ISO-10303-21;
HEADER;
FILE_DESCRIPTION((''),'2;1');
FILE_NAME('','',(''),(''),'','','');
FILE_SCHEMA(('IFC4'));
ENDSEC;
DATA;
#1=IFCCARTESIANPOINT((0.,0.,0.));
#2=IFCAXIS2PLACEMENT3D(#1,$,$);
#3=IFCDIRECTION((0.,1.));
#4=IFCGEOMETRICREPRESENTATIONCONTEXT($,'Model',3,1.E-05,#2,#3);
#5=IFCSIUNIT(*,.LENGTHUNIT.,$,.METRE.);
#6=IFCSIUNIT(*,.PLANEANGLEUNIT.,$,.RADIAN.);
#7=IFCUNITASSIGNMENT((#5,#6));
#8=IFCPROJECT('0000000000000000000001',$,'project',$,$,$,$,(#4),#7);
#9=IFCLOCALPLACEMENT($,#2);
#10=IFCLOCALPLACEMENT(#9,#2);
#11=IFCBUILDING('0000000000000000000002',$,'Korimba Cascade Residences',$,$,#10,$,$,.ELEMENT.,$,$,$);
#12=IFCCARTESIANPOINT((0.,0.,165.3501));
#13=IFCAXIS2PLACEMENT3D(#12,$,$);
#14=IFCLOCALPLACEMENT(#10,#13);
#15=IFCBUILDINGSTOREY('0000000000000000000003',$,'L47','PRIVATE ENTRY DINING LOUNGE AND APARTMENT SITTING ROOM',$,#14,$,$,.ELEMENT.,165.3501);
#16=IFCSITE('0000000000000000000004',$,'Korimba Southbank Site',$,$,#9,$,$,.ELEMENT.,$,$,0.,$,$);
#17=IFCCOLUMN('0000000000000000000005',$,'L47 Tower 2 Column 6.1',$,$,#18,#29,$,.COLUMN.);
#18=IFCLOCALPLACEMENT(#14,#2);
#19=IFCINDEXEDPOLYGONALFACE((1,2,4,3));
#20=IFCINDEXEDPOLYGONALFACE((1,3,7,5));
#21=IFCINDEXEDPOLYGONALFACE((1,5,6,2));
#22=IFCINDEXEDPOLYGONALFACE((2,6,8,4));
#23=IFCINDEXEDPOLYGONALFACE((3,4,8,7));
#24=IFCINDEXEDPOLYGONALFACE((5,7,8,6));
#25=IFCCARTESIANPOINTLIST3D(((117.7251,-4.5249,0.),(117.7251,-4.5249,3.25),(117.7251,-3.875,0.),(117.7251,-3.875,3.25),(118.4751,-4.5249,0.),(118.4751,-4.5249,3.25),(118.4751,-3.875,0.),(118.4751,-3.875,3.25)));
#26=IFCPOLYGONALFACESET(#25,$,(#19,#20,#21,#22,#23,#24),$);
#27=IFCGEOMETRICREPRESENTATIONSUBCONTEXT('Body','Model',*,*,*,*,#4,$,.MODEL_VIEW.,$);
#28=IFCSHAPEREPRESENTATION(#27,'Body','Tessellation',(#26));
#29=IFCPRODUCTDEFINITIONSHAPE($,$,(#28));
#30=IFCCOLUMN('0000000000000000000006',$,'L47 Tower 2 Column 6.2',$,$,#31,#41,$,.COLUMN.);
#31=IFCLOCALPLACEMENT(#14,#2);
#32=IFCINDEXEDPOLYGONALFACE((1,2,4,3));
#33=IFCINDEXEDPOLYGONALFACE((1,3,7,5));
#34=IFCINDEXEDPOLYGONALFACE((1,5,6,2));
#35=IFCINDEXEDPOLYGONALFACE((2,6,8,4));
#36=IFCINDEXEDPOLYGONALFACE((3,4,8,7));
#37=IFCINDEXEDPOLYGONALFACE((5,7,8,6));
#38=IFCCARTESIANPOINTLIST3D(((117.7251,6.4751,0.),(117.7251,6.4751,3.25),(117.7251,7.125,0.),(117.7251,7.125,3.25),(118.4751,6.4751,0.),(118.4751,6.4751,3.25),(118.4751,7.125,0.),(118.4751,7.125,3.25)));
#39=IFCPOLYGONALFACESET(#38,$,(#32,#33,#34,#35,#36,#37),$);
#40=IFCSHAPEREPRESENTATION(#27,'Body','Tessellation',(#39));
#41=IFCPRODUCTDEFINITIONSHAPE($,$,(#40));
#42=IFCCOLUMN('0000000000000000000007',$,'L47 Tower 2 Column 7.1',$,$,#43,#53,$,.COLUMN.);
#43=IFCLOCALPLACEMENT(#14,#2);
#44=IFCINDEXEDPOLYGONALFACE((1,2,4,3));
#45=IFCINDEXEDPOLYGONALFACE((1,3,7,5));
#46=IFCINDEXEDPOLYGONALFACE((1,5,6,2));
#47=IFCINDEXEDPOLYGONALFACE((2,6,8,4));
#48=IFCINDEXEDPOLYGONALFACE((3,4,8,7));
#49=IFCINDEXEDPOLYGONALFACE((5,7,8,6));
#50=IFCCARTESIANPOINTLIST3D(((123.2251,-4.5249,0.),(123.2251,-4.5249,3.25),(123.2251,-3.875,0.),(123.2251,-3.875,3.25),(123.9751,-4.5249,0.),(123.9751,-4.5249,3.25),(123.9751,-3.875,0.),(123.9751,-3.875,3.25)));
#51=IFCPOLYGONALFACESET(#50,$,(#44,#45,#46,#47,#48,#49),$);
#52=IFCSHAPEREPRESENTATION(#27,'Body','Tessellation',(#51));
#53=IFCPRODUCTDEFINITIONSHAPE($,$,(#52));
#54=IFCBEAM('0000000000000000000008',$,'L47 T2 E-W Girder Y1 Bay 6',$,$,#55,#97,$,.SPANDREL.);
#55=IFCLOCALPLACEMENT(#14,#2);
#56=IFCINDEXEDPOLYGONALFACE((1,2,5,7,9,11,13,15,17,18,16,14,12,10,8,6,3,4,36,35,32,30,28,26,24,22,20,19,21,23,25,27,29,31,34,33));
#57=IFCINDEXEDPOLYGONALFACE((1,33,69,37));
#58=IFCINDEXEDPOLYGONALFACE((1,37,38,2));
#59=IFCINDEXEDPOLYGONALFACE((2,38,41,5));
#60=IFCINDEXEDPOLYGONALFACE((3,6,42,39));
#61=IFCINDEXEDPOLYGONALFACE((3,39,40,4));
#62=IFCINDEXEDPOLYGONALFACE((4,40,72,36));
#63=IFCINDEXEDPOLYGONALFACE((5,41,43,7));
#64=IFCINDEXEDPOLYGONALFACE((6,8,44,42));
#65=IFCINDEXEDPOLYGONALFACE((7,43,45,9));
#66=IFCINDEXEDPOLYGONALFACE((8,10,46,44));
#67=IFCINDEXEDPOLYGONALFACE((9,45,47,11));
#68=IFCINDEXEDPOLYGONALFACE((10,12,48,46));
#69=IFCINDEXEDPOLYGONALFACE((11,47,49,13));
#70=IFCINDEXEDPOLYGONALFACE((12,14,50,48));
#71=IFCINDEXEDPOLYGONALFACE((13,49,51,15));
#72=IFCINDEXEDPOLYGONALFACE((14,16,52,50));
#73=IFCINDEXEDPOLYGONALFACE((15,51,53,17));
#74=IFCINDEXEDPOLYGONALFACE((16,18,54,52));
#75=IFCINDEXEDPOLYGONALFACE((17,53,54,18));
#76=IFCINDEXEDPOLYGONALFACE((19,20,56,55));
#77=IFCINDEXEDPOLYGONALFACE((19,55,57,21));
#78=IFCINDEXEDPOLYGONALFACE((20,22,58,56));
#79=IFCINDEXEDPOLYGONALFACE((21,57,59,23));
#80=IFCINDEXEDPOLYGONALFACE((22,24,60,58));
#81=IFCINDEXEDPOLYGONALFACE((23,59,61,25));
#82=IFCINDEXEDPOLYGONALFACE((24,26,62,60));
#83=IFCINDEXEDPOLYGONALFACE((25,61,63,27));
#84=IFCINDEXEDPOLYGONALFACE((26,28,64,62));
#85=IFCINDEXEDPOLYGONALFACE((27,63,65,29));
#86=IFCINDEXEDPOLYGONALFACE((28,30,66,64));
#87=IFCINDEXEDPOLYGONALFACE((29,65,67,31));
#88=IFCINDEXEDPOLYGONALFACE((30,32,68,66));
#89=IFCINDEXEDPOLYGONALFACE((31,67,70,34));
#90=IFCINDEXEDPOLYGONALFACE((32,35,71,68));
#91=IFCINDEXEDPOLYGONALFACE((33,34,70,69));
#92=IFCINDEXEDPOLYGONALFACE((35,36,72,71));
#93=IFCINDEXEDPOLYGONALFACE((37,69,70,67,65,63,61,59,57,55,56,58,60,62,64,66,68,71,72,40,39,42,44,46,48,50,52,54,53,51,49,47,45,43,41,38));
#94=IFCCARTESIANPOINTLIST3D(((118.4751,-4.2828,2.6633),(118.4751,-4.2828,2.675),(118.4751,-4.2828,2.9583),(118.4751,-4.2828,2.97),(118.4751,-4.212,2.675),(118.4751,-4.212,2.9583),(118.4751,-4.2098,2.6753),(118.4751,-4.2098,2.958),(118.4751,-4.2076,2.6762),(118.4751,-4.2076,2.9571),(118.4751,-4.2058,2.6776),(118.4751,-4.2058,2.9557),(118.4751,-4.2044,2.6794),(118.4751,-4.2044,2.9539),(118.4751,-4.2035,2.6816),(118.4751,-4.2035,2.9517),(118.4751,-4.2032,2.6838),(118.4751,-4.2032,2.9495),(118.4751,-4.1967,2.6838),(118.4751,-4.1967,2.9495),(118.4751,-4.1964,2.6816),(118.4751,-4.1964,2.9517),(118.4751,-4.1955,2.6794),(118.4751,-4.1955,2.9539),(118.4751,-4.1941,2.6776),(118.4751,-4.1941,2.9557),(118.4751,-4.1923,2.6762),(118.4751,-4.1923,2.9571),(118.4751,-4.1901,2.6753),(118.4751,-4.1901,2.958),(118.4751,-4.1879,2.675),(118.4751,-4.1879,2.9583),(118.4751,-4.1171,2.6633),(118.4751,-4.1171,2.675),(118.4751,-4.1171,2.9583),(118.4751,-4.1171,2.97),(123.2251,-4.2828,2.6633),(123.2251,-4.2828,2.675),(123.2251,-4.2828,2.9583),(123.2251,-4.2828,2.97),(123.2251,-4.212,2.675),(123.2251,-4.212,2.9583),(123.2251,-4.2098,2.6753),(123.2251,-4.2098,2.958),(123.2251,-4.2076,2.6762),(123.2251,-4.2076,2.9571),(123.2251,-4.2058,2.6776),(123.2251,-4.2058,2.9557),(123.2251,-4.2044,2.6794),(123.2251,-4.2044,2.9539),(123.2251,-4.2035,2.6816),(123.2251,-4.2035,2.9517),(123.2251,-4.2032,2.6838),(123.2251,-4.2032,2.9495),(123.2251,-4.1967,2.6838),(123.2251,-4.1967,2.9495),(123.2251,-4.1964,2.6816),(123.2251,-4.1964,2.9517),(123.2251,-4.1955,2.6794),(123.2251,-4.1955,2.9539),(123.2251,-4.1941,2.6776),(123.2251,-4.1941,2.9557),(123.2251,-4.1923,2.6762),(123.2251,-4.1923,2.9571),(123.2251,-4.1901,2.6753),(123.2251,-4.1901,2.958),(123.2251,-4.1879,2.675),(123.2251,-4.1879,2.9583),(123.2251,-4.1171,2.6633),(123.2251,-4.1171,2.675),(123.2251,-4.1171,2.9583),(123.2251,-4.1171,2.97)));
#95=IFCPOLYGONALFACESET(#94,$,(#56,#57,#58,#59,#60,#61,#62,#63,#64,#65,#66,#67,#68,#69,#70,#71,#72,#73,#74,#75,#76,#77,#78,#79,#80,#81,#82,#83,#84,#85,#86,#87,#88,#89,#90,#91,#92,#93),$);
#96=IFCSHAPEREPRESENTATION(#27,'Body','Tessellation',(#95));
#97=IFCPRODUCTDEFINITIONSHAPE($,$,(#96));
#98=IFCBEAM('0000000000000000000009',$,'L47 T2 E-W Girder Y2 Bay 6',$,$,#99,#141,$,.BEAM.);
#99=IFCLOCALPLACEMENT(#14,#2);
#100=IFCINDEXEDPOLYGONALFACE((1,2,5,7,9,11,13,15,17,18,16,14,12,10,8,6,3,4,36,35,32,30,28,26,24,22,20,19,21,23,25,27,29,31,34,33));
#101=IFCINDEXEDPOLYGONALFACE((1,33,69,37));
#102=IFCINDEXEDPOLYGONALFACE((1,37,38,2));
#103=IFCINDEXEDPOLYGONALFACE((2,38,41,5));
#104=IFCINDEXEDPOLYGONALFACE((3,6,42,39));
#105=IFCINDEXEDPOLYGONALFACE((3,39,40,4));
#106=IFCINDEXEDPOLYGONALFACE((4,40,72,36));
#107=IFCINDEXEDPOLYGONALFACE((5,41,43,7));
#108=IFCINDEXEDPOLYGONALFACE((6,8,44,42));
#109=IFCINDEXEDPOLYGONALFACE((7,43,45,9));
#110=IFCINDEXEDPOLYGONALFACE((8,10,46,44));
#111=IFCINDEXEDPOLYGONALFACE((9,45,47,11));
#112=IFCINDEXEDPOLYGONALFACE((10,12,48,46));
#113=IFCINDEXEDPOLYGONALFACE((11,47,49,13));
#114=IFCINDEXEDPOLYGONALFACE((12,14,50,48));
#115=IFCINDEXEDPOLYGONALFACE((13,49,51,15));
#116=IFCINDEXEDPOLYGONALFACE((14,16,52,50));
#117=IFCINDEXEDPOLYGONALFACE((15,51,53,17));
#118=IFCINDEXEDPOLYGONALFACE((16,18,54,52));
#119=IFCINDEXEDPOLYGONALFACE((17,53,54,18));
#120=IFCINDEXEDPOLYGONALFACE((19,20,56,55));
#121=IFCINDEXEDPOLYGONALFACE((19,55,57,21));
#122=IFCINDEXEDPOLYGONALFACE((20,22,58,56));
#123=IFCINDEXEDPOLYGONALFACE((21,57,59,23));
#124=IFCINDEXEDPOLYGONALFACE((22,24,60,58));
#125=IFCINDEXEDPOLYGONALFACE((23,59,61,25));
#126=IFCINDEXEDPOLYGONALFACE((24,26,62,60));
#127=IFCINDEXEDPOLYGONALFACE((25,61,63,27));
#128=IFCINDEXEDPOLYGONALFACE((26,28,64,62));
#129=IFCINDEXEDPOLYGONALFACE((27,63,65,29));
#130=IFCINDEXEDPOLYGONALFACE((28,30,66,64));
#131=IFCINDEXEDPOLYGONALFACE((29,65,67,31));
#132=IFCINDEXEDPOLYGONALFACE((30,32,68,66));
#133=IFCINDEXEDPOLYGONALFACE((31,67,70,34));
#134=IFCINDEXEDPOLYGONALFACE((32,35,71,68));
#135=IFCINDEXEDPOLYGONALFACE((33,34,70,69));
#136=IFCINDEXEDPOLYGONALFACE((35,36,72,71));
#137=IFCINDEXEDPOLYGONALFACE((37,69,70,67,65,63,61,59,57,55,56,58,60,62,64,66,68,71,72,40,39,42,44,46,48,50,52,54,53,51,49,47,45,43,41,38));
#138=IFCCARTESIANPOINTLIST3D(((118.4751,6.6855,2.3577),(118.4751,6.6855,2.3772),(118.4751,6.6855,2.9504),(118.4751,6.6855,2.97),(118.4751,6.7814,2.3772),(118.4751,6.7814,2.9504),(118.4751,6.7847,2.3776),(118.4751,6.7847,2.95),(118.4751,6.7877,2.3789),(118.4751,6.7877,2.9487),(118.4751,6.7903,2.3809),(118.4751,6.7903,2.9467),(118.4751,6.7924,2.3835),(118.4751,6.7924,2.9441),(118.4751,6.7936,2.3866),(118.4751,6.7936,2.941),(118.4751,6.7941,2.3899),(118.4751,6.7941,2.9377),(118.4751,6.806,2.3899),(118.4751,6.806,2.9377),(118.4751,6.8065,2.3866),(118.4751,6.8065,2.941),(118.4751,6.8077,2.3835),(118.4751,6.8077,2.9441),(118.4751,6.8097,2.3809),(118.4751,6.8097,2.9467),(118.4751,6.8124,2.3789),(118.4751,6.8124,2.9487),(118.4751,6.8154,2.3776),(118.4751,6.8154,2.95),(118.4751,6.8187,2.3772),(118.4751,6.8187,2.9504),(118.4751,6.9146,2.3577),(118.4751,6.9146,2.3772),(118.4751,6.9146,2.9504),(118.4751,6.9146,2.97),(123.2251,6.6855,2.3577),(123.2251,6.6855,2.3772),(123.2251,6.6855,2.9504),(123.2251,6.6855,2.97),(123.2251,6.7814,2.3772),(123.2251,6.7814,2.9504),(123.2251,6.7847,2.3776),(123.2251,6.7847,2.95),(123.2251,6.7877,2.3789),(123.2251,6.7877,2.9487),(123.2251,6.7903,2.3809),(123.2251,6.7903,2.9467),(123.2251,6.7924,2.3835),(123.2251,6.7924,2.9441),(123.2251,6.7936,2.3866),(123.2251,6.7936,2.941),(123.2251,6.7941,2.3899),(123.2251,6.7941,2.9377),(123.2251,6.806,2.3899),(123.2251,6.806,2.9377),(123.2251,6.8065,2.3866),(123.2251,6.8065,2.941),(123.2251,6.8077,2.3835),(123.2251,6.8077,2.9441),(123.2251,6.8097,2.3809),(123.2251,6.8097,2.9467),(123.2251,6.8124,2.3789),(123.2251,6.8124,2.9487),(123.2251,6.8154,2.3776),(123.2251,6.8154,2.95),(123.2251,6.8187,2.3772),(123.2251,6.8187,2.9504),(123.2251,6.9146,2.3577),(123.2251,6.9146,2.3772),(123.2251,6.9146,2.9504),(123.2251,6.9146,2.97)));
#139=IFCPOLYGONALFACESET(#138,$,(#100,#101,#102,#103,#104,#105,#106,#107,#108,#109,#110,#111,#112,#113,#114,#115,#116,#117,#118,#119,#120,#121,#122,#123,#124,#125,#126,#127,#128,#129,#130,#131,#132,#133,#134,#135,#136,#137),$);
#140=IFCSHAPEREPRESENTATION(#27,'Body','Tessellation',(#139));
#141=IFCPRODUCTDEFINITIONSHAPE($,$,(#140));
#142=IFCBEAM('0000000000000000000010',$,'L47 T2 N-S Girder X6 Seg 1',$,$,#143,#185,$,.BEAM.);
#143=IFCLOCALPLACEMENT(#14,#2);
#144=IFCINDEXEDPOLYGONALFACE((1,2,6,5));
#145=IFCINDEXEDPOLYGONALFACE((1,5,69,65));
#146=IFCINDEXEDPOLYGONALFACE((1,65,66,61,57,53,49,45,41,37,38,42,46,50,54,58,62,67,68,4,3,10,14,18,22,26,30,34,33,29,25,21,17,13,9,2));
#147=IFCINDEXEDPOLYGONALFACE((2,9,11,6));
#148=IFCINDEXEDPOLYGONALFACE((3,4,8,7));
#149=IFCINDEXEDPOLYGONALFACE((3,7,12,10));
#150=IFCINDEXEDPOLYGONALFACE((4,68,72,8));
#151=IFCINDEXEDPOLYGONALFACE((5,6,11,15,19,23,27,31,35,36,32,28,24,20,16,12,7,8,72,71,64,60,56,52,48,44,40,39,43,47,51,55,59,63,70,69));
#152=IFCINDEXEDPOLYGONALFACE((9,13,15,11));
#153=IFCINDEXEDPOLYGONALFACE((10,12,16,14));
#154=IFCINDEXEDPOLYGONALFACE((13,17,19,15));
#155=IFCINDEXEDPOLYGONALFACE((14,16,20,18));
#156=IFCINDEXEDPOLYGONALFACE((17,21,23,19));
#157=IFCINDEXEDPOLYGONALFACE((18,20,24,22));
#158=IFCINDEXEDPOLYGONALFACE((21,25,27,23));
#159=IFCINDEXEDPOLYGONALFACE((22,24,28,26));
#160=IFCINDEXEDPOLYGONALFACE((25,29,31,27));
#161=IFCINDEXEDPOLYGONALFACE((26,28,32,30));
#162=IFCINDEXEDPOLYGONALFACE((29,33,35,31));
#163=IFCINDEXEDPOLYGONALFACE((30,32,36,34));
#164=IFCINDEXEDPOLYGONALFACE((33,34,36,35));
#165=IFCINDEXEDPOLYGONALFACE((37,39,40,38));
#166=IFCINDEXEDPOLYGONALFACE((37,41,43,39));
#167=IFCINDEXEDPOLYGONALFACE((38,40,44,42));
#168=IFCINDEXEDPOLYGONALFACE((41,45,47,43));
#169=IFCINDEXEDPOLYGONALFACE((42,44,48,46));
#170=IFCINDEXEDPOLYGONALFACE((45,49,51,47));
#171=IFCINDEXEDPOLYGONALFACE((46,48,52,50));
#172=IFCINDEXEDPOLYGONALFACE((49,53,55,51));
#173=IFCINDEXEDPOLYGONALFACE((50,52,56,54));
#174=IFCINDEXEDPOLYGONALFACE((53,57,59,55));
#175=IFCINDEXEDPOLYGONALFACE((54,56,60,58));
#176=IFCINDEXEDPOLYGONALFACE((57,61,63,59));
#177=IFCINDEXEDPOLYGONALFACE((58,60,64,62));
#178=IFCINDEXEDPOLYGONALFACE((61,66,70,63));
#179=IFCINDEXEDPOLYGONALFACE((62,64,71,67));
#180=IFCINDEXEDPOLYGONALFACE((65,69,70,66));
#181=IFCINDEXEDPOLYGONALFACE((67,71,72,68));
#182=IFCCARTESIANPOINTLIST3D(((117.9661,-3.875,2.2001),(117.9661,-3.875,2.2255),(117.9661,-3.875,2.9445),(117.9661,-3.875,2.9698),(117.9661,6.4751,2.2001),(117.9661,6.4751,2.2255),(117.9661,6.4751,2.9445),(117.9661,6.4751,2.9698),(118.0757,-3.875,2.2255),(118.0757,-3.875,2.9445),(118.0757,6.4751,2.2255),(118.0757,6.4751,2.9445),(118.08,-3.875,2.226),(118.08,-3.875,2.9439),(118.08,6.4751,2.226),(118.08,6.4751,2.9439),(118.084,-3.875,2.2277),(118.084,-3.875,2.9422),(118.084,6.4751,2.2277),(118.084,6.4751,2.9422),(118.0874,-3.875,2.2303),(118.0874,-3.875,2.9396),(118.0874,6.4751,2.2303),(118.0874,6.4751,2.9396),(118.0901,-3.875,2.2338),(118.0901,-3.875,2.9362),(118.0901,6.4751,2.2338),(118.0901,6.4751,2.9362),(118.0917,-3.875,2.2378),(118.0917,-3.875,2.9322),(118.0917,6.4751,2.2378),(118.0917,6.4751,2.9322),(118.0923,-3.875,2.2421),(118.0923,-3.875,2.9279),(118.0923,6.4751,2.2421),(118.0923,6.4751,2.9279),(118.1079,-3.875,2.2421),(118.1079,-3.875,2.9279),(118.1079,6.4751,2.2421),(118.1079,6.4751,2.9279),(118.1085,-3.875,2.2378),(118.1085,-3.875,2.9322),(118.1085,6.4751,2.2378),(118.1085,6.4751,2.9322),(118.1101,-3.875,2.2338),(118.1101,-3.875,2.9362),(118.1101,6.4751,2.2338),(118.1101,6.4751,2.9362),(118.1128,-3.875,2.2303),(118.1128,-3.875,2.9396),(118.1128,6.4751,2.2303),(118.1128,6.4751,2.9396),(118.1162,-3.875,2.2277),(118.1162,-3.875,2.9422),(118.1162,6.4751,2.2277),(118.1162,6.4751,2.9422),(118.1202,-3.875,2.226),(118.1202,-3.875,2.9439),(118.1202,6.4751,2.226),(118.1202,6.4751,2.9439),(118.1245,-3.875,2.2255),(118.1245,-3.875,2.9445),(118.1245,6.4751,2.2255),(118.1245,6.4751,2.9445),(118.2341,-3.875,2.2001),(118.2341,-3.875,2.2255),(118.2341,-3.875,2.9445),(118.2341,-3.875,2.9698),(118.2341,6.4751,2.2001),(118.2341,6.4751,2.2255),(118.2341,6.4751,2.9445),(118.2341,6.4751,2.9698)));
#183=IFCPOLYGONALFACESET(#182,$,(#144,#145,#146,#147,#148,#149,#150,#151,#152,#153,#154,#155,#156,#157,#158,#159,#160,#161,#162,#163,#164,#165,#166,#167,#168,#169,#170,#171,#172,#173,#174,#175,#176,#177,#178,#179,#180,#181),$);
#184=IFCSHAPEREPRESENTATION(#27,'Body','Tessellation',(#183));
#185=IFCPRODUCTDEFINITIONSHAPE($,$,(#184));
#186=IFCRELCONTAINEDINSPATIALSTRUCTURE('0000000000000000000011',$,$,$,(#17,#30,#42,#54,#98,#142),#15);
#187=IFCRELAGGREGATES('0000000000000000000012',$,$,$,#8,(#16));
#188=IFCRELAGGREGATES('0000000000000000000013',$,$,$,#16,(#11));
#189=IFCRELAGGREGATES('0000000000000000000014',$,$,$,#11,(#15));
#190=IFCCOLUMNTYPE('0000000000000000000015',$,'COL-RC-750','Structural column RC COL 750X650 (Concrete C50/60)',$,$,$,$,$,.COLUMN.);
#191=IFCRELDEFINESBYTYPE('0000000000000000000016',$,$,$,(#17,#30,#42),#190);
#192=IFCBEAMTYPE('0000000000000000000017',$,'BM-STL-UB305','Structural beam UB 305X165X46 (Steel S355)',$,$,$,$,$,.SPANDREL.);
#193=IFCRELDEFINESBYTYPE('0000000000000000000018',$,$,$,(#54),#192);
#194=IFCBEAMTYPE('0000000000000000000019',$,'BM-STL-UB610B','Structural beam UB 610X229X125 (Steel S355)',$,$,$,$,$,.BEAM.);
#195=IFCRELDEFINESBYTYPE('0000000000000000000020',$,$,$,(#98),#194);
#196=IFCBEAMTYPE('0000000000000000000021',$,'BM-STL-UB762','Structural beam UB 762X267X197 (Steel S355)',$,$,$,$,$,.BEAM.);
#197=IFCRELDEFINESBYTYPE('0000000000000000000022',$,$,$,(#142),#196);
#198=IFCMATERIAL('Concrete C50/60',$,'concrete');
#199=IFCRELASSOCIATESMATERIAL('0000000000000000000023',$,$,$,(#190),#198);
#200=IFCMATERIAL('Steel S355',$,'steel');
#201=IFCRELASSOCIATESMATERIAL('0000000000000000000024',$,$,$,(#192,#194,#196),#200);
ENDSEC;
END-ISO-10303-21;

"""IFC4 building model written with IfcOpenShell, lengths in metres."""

from ifc_helpers import new_model, si_unit, direction, frame, origin, origin_2d, place, context, subcontext, project, spatial, rectangle, i_section, extrude, material, material_profile, profile_set, type_object, element, save


model = new_model("IFC4")

# Units and contexts
model_context = context("Model", 3, precision=1e-05, world=origin(), true_north=direction((0.0, 1.0)))
body_context = subcontext(model_context, "Body", "Model", "MODEL_VIEW")
ifc_project = project(units=[si_unit("LENGTHUNIT", "METRE"), si_unit("PLANEANGLEUNIT", "RADIAN")], contexts=[model_context])

# Site, building, storey
site_placement = place(None, origin())
site = spatial("IfcSite", under=ifc_project, at=site_placement, Name="Korimba Southbank Site", CompositionType="ELEMENT", RefElevation=0.0)
building_placement = place(site_placement, origin())
building = spatial("IfcBuilding", under=site, at=building_placement, Name="Korimba Cascade Residences", CompositionType="ELEMENT")
storey_placement = place(building_placement, frame((0.0, 0.0, 165.3501)))
storey = spatial("IfcBuildingStorey", under=building, at=storey_placement, Name="L47", Description="PRIVATE ENTRY DINING LOUNGE AND APARTMENT SITTING ROOM", CompositionType="ELEMENT", Elevation=165.3501)

# Columns
ifc_material_1 = material(Name="Concrete C50/60", Category="concrete")
ifc_material_profile_1 = material_profile(ifc_material_1, rectangle(XDim=0.75, YDim=0.6499, at=origin_2d()), Name="Concrete C50/60")
ifc_profile_set_1 = profile_set([ifc_material_profile_1], Name="Concrete C50/60")
column_type = type_object("IfcColumnType", Name="COL-RC-750", Description="Structural column RC COL 750X650 (Concrete C50/60)", PredefinedType="COLUMN", material=ifc_profile_set_1)
for number, where, z_axis, x_axis, name in (
    (1, (118.1001, -4.2, 0.0), (0.0, 0.0, 1.0), (1.0, 0.0, 0.0), "L47 Tower 2 Column 6.1"),
    (2, (118.1001, 6.8, 0.0), (0.0, 0.0, 1.0), (1.0, 0.0, 0.0), "L47 Tower 2 Column 6.2"),
    (3, (123.6001, -4.2, 0.0), (0.0, 0.0, 1.0), (1.0, 0.0, 0.0), "L47 Tower 2 Column 7.1"),
):
    element("IfcColumn", number, at=place(storey_placement, frame(where, z_axis=z_axis, x_axis=x_axis)), inside=storey, type_object=column_type, Name=name, PredefinedType="COLUMN", context=body_context, shape_type="SweptSolid", body=[
        extrude(rectangle(XDim=0.75, YDim=0.6499, at=origin_2d()), origin(), (0.0, 0.0, 1.0), 3.25),
    ])

# Beams
ifc_material_2 = material(Name="Steel S355", Category="steel")
ifc_material_profile_2 = material_profile(ifc_material_2, i_section(OverallWidth=0.1658, OverallDepth=0.3066, WebThickness=0.0066, FlangeThickness=0.0117, FilletRadius=0.0088, at=origin_2d()), Name="Steel S355")
ifc_profile_set_2 = profile_set([ifc_material_profile_2], Name="Steel S355")
beam_type_1 = type_object("IfcBeamType", Name="BM-STL-UB305", Description="Structural beam UB 305X165X46 (Steel S355)", PredefinedType="SPANDREL", material=ifc_profile_set_2)
beam_1_placement = place(storey_placement, frame((118.4751, -4.2, 2.8167), z_axis=(1.0, 0.0, 0.0), x_axis=(0.0, 1.0, 0.0)))
element("IfcBeam", 4, at=beam_1_placement, inside=storey, type_object=beam_type_1, Name="L47 T2 E-W Girder Y1 Bay 6", PredefinedType="SPANDREL", context=body_context, shape_type="SweptSolid", body=[
    extrude(i_section(OverallWidth=0.1658, OverallDepth=0.3066, WebThickness=0.0066, FlangeThickness=0.0117, FilletRadius=0.0088, at=origin_2d()), origin(), (0.0, 0.0, 1.0), 4.75),
])
ifc_material_profile_3 = material_profile(ifc_material_2, i_section(OverallWidth=0.229, OverallDepth=0.6123, WebThickness=0.012, FlangeThickness=0.0195, FilletRadius=0.0127, at=origin_2d()), Name="Steel S355")
ifc_profile_set_3 = profile_set([ifc_material_profile_3], Name="Steel S355")
beam_type_2 = type_object("IfcBeamType", Name="BM-STL-UB610B", Description="Structural beam UB 610X229X125 (Steel S355)", PredefinedType="BEAM", material=ifc_profile_set_3)
beam_2_placement = place(storey_placement, frame((118.4751, 6.8, 2.6638), z_axis=(1.0, 0.0, 0.0), x_axis=(0.0, 1.0, 0.0)))
element("IfcBeam", 5, at=beam_2_placement, inside=storey, type_object=beam_type_2, Name="L47 T2 E-W Girder Y2 Bay 6", PredefinedType="BEAM", context=body_context, shape_type="SweptSolid", body=[
    extrude(i_section(OverallWidth=0.229, OverallDepth=0.6123, WebThickness=0.012, FlangeThickness=0.0195, FilletRadius=0.0127, at=origin_2d()), origin(), (0.0, 0.0, 1.0), 4.75),
])
ifc_material_profile_4 = material_profile(ifc_material_2, i_section(OverallWidth=0.2681, OverallDepth=0.7698, WebThickness=0.0156, FlangeThickness=0.0254, FilletRadius=0.0166, at=origin_2d()), Name="Steel S355")
ifc_profile_set_4 = profile_set([ifc_material_profile_4], Name="Steel S355")
beam_type_3 = type_object("IfcBeamType", Name="BM-STL-UB762", Description="Structural beam UB 762X267X197 (Steel S355)", PredefinedType="BEAM", material=ifc_profile_set_4)
beam_3_placement = place(storey_placement, frame((118.1001, -3.875, 2.585), z_axis=(0.0, 1.0, 0.0), x_axis=(-1.0, 0.0, 0.0)))
element("IfcBeam", 6, at=beam_3_placement, inside=storey, type_object=beam_type_3, Name="L47 T2 N-S Girder X6 Seg 1", PredefinedType="BEAM", context=body_context, shape_type="SweptSolid", body=[
    extrude(i_section(OverallWidth=0.2681, OverallDepth=0.7698, WebThickness=0.0156, FlangeThickness=0.0254, FilletRadius=0.0166, at=origin_2d()), origin(), (0.0, 0.0, 1.0), 10.3501),
])

save(model, "model.ifc")
